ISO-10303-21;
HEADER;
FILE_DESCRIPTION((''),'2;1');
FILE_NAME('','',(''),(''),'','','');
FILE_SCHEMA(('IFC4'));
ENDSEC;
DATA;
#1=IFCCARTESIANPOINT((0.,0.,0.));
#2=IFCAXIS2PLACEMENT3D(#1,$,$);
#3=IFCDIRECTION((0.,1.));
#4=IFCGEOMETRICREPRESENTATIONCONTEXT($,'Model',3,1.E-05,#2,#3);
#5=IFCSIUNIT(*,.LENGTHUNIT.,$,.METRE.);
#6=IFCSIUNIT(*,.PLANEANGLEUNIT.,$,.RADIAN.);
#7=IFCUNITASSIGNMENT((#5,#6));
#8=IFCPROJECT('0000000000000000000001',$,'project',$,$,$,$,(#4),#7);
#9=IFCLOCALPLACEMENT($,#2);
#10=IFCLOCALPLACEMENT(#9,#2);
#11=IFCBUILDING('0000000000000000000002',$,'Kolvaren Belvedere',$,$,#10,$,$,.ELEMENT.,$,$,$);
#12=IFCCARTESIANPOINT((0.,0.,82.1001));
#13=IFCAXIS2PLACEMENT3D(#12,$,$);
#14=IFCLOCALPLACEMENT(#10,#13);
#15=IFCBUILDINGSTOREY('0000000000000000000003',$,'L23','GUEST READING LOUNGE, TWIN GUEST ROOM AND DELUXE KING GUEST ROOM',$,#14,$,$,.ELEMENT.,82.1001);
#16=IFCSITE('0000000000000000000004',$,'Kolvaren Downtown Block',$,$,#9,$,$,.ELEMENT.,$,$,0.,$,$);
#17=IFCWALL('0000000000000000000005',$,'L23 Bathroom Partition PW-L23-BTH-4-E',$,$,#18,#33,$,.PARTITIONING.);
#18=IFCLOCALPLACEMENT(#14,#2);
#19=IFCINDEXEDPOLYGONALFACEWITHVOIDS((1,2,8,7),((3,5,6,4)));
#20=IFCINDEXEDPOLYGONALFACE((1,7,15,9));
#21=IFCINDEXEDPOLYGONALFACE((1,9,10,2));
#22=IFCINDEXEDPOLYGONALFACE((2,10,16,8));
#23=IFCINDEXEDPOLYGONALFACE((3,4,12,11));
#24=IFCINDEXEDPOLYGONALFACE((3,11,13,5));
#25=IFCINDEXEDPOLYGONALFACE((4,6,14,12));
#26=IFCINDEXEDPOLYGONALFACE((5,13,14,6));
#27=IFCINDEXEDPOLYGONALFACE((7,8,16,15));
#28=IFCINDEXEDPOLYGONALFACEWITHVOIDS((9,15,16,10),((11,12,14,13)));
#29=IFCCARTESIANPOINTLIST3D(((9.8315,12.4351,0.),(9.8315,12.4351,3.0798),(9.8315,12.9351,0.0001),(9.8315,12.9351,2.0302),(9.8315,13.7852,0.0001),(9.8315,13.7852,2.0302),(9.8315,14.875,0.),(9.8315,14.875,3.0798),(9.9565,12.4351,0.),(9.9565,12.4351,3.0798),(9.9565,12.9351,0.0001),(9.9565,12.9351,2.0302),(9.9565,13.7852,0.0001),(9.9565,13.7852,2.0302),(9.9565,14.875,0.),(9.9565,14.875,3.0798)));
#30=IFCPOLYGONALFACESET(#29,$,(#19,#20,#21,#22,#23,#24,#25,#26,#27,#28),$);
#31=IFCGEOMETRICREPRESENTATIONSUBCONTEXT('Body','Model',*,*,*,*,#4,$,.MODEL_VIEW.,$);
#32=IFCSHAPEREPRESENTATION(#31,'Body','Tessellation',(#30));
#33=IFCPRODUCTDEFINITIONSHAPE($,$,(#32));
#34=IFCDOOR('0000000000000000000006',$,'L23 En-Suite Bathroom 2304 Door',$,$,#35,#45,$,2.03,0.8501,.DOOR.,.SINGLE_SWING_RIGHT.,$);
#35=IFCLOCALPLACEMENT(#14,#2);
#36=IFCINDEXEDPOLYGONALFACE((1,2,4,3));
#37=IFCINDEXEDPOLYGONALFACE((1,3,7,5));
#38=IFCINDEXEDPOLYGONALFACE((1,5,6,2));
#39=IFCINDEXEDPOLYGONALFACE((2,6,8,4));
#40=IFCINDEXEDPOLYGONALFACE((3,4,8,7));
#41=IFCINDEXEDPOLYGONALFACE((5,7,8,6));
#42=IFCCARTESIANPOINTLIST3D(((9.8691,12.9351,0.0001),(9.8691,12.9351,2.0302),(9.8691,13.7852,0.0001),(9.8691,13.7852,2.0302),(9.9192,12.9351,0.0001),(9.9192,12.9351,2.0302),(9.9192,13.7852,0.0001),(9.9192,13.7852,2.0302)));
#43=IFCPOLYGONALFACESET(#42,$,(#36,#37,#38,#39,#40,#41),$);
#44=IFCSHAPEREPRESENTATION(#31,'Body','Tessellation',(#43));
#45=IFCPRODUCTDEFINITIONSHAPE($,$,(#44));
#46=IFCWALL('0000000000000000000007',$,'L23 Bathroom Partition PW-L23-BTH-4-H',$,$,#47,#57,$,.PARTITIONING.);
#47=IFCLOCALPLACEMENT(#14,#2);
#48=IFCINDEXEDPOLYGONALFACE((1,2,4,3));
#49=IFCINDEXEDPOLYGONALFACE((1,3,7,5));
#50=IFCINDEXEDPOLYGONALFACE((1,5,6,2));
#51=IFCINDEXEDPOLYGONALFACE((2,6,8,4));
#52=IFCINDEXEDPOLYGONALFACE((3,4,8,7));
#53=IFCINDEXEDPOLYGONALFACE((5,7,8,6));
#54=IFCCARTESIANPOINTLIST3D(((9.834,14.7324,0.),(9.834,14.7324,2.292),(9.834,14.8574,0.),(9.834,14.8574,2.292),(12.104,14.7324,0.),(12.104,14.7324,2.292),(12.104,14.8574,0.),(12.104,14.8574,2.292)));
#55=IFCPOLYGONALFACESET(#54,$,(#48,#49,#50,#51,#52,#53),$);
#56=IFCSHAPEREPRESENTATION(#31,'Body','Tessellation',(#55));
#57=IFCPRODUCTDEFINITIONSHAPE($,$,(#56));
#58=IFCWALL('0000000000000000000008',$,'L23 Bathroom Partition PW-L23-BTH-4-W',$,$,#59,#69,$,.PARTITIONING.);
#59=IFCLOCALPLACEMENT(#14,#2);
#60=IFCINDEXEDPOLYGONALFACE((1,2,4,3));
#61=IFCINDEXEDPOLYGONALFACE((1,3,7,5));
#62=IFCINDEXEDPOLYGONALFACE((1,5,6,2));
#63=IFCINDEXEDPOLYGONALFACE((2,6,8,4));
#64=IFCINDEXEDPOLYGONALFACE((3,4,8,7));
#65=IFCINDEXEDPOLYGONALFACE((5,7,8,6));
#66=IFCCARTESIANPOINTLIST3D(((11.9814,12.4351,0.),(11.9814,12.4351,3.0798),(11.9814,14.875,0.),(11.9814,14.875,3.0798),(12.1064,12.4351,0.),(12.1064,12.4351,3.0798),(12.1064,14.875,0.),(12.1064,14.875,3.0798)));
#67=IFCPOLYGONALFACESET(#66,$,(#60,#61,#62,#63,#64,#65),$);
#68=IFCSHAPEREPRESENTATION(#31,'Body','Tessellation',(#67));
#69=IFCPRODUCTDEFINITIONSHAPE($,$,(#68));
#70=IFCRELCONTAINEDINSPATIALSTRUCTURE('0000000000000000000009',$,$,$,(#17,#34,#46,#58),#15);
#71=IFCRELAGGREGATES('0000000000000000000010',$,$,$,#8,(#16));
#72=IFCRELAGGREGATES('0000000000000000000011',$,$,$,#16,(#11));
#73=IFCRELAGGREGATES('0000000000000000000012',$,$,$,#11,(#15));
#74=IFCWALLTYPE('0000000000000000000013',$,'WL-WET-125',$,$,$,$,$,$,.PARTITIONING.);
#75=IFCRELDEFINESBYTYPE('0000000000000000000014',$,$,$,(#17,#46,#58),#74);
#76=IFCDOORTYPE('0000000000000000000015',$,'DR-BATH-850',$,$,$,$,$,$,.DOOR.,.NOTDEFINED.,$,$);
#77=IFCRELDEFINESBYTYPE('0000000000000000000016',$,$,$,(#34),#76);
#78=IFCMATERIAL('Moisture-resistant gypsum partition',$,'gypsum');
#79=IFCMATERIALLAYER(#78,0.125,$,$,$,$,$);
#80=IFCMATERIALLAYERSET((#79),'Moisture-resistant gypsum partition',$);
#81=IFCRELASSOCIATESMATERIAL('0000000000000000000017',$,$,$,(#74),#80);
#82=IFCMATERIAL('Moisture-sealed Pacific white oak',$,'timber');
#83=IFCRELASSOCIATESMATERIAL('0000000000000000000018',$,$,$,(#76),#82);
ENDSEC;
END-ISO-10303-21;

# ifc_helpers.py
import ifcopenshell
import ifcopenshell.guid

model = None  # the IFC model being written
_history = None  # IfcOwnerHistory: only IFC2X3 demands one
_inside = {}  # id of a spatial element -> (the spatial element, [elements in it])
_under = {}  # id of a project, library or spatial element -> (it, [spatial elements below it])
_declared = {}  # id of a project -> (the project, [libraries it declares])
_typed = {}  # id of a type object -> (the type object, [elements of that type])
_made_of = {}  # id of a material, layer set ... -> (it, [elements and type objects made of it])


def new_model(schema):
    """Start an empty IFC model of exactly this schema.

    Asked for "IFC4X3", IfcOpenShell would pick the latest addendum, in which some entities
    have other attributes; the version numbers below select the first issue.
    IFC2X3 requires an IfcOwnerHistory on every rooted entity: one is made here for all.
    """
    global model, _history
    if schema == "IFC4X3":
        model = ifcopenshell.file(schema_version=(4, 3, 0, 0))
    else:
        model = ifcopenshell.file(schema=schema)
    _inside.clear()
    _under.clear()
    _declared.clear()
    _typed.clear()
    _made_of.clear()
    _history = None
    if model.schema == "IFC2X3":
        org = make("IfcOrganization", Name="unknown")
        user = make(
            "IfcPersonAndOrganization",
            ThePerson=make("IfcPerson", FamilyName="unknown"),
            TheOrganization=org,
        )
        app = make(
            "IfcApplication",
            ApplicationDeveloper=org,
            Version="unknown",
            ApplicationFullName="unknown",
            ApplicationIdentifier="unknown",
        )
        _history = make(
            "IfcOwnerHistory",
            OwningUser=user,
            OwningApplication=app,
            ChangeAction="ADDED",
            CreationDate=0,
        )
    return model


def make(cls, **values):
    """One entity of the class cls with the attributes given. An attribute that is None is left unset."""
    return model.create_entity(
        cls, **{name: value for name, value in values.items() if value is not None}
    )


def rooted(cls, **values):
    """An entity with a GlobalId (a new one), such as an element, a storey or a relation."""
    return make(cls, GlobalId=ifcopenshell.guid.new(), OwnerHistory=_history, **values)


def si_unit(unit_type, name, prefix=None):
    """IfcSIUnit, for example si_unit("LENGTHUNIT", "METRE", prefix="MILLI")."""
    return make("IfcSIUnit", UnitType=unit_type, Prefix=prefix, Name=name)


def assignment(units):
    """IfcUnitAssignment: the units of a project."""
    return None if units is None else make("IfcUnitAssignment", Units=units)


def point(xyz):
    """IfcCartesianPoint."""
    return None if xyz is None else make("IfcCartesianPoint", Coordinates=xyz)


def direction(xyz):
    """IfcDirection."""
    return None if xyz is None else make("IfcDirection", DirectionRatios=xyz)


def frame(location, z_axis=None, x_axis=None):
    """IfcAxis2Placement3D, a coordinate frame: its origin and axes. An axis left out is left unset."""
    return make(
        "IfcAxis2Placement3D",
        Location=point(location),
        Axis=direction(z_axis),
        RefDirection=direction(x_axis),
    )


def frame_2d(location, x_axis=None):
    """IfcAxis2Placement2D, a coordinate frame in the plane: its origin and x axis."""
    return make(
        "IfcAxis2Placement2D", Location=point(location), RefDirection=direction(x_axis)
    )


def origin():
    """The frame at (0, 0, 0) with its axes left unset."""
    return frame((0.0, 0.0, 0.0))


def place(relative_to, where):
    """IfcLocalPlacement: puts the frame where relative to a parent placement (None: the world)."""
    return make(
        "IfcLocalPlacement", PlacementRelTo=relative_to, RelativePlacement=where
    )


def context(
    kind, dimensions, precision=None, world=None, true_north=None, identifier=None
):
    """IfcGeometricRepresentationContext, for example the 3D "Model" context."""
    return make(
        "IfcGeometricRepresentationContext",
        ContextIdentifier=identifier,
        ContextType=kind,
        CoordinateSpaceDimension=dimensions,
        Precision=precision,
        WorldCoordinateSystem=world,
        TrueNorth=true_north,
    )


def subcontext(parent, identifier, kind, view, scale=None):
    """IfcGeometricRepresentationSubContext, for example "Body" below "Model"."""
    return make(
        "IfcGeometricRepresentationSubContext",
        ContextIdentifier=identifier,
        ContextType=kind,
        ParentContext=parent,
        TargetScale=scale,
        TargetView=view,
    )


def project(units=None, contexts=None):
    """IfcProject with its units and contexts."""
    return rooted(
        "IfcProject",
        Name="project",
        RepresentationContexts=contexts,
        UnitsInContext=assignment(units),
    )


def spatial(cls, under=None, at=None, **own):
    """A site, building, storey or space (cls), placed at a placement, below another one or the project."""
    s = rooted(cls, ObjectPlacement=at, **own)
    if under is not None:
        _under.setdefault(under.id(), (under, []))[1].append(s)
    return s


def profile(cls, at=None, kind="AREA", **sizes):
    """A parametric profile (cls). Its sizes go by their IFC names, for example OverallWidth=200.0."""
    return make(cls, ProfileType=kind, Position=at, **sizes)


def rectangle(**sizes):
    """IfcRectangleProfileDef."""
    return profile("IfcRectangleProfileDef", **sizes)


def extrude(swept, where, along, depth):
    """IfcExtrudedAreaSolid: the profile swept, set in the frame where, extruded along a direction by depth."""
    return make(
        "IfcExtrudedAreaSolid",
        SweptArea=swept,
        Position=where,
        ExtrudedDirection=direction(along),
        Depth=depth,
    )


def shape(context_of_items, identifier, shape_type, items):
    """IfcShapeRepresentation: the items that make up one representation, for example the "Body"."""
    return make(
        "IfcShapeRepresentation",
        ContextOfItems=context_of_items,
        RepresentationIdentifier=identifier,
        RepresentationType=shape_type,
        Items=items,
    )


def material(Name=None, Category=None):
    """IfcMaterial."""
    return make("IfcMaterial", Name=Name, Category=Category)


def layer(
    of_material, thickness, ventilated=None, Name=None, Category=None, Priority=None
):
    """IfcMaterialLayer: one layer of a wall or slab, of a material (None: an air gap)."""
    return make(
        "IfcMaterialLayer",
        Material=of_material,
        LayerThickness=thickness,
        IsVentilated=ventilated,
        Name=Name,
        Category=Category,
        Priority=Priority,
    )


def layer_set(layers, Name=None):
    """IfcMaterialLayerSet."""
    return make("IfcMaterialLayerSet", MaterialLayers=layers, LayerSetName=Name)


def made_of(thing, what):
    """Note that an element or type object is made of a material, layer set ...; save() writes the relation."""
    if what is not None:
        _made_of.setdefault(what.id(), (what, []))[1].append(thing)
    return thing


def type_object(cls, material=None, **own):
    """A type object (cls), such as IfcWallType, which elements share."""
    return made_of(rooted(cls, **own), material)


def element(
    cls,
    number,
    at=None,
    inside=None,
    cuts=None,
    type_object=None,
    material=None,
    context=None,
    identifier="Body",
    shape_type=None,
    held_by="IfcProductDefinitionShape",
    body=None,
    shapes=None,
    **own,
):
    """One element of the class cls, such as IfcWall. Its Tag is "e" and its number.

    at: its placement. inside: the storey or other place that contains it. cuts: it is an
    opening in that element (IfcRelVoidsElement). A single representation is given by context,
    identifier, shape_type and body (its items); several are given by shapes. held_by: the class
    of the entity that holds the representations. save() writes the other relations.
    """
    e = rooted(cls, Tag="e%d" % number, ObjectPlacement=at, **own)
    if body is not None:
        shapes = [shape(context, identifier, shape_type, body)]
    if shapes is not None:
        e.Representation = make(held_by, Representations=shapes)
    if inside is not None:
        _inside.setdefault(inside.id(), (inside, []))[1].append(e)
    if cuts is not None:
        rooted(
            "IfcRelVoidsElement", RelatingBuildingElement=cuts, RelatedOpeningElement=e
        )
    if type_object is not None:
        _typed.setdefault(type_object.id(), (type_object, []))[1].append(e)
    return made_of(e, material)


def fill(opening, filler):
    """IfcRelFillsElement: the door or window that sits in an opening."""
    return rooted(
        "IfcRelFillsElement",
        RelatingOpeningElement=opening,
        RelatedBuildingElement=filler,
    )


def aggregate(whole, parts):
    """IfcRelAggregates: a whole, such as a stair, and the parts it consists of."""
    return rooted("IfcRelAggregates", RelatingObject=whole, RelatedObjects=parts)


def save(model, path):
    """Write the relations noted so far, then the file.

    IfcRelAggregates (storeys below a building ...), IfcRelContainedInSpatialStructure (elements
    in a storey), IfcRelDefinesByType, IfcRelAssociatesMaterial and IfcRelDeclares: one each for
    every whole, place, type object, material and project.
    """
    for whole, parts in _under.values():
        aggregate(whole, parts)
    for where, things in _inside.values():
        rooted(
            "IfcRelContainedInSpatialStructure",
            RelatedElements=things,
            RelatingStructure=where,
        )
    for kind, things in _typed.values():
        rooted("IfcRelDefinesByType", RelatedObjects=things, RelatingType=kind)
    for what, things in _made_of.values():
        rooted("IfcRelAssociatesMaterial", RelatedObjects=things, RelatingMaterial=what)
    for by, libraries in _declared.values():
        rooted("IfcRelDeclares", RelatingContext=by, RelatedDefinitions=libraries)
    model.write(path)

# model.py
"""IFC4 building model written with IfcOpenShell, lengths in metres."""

from ifc_helpers import new_model, si_unit, direction, frame, frame_2d, origin, place, context, subcontext, project, spatial, rectangle, extrude, material, layer, layer_set, type_object, element, fill, save


model = new_model("IFC4")

# Units and contexts
model_context = context("Model", 3, precision=1e-05, world=origin(), true_north=direction((0.0, 1.0)))
body_context = subcontext(model_context, "Body", "Model", "MODEL_VIEW")
ifc_project = project(units=[si_unit("LENGTHUNIT", "METRE"), si_unit("PLANEANGLEUNIT", "RADIAN")], contexts=[model_context])

# Site, building, storey
site_placement = place(None, origin())
site = spatial("IfcSite", under=ifc_project, at=site_placement, Name="Kolvaren Downtown Block", CompositionType="ELEMENT", RefElevation=0.0)
building_placement = place(site_placement, origin())
building = spatial("IfcBuilding", under=site, at=building_placement, Name="Kolvaren Belvedere", CompositionType="ELEMENT")
storey_placement = place(building_placement, frame((0.0, 0.0, 82.1001)))
storey = spatial("IfcBuildingStorey", under=building, at=storey_placement, Name="L23", Description="GUEST READING LOUNGE, TWIN GUEST ROOM AND DELUXE KING GUEST ROOM", CompositionType="ELEMENT", Elevation=82.1001)

# Wall, opening, door
ifc_material_1 = material(Name="Moisture-resistant gypsum partition", Category="gypsum")
ifc_layer_1 = layer(ifc_material_1, 0.125)
ifc_layer_set_1 = layer_set([ifc_layer_1], Name="Moisture-resistant gypsum partition")
wall_type_1 = type_object("IfcWallType", Name="WL-WET-125", PredefinedType="PARTITIONING", material=ifc_layer_set_1)
wall_1_placement = place(storey_placement, frame((9.894, 12.4351, 0.0), z_axis=(0.0, 0.0, 1.0), x_axis=(0.0, 1.0, 0.0)))
wall_1 = element("IfcWall", 1, at=wall_1_placement, inside=storey, type_object=wall_type_1, Name="L23 Bathroom Partition PW-L23-BTH-4-E", PredefinedType="PARTITIONING", context=body_context, shape_type="SweptSolid", body=[
    extrude(rectangle(XDim=2.4399, YDim=0.125, at=frame_2d((1.22, 0.0))), origin(), (0.0, 0.0, 1.0), 3.0798),
])
opening_1_placement = place(wall_1_placement, frame((0.5, 0.0, 0.0)))
opening_1 = element("IfcOpeningElement", 2, at=opening_1_placement, cuts=wall_1, PredefinedType="OPENING", context=body_context, shape_type="SweptSolid", body=[
    extrude(rectangle(XDim=0.8501, YDim=2.03, at=frame_2d((0.425, 1.0151))), frame((0.0, 0.0725, 0.0), z_axis=(0.0, -1.0, 0.0), x_axis=(1.0, 0.0, 0.0)), (0.0, 0.0, 1.0), 0.145),
])
ifc_material_2 = material(Name="Moisture-sealed Pacific white oak", Category="timber")
door_type = type_object("IfcDoorType", Name="DR-BATH-850", OperationType="NOTDEFINED", PredefinedType="DOOR", material=ifc_material_2)
door_placement = place(opening_1_placement, origin())
door = element("IfcDoor", 3, at=door_placement, inside=storey, type_object=door_type, Name="L23 En-Suite Bathroom 2304 Door", OperationType="SINGLE_SWING_RIGHT", OverallHeight=2.03, OverallWidth=0.8501, PredefinedType="DOOR", context=body_context, shape_type="SweptSolid", body=[
    extrude(rectangle(XDim=0.8501, YDim=2.03, at=frame_2d((0.425, 1.0151))), frame((0.0, 0.0249, 0.0), z_axis=(0.0, -1.0, 0.0), x_axis=(1.0, 0.0, 0.0)), (0.0, 0.0, 1.0), 0.05),
])
fill(opening_1, door)

# Walls
wall_2_placement = place(storey_placement, frame((9.834, 14.7949, 0.0), z_axis=(0.0, 0.0, 1.0), x_axis=(1.0, 0.0, 0.0)))
element("IfcWall", 4, at=wall_2_placement, inside=storey, type_object=wall_type_1, Name="L23 Bathroom Partition PW-L23-BTH-4-H", PredefinedType="PARTITIONING", context=body_context, shape_type="SweptSolid", body=[
    extrude(rectangle(XDim=2.27, YDim=0.125, at=frame_2d((1.135, 0.0))), origin(), (0.0, 0.0, 1.0), 2.292),
])
wall_3_placement = place(storey_placement, frame((12.0439, 12.4351, 0.0), z_axis=(0.0, 0.0, 1.0), x_axis=(0.0, 1.0, 0.0)))
element("IfcWall", 5, at=wall_3_placement, inside=storey, type_object=wall_type_1, Name="L23 Bathroom Partition PW-L23-BTH-4-W", PredefinedType="PARTITIONING", context=body_context, shape_type="SweptSolid", body=[
    extrude(rectangle(XDim=2.4399, YDim=0.125, at=frame_2d((1.22, 0.0))), origin(), (0.0, 0.0, 1.0), 3.0798),
])

save(model, "model.ifc")
